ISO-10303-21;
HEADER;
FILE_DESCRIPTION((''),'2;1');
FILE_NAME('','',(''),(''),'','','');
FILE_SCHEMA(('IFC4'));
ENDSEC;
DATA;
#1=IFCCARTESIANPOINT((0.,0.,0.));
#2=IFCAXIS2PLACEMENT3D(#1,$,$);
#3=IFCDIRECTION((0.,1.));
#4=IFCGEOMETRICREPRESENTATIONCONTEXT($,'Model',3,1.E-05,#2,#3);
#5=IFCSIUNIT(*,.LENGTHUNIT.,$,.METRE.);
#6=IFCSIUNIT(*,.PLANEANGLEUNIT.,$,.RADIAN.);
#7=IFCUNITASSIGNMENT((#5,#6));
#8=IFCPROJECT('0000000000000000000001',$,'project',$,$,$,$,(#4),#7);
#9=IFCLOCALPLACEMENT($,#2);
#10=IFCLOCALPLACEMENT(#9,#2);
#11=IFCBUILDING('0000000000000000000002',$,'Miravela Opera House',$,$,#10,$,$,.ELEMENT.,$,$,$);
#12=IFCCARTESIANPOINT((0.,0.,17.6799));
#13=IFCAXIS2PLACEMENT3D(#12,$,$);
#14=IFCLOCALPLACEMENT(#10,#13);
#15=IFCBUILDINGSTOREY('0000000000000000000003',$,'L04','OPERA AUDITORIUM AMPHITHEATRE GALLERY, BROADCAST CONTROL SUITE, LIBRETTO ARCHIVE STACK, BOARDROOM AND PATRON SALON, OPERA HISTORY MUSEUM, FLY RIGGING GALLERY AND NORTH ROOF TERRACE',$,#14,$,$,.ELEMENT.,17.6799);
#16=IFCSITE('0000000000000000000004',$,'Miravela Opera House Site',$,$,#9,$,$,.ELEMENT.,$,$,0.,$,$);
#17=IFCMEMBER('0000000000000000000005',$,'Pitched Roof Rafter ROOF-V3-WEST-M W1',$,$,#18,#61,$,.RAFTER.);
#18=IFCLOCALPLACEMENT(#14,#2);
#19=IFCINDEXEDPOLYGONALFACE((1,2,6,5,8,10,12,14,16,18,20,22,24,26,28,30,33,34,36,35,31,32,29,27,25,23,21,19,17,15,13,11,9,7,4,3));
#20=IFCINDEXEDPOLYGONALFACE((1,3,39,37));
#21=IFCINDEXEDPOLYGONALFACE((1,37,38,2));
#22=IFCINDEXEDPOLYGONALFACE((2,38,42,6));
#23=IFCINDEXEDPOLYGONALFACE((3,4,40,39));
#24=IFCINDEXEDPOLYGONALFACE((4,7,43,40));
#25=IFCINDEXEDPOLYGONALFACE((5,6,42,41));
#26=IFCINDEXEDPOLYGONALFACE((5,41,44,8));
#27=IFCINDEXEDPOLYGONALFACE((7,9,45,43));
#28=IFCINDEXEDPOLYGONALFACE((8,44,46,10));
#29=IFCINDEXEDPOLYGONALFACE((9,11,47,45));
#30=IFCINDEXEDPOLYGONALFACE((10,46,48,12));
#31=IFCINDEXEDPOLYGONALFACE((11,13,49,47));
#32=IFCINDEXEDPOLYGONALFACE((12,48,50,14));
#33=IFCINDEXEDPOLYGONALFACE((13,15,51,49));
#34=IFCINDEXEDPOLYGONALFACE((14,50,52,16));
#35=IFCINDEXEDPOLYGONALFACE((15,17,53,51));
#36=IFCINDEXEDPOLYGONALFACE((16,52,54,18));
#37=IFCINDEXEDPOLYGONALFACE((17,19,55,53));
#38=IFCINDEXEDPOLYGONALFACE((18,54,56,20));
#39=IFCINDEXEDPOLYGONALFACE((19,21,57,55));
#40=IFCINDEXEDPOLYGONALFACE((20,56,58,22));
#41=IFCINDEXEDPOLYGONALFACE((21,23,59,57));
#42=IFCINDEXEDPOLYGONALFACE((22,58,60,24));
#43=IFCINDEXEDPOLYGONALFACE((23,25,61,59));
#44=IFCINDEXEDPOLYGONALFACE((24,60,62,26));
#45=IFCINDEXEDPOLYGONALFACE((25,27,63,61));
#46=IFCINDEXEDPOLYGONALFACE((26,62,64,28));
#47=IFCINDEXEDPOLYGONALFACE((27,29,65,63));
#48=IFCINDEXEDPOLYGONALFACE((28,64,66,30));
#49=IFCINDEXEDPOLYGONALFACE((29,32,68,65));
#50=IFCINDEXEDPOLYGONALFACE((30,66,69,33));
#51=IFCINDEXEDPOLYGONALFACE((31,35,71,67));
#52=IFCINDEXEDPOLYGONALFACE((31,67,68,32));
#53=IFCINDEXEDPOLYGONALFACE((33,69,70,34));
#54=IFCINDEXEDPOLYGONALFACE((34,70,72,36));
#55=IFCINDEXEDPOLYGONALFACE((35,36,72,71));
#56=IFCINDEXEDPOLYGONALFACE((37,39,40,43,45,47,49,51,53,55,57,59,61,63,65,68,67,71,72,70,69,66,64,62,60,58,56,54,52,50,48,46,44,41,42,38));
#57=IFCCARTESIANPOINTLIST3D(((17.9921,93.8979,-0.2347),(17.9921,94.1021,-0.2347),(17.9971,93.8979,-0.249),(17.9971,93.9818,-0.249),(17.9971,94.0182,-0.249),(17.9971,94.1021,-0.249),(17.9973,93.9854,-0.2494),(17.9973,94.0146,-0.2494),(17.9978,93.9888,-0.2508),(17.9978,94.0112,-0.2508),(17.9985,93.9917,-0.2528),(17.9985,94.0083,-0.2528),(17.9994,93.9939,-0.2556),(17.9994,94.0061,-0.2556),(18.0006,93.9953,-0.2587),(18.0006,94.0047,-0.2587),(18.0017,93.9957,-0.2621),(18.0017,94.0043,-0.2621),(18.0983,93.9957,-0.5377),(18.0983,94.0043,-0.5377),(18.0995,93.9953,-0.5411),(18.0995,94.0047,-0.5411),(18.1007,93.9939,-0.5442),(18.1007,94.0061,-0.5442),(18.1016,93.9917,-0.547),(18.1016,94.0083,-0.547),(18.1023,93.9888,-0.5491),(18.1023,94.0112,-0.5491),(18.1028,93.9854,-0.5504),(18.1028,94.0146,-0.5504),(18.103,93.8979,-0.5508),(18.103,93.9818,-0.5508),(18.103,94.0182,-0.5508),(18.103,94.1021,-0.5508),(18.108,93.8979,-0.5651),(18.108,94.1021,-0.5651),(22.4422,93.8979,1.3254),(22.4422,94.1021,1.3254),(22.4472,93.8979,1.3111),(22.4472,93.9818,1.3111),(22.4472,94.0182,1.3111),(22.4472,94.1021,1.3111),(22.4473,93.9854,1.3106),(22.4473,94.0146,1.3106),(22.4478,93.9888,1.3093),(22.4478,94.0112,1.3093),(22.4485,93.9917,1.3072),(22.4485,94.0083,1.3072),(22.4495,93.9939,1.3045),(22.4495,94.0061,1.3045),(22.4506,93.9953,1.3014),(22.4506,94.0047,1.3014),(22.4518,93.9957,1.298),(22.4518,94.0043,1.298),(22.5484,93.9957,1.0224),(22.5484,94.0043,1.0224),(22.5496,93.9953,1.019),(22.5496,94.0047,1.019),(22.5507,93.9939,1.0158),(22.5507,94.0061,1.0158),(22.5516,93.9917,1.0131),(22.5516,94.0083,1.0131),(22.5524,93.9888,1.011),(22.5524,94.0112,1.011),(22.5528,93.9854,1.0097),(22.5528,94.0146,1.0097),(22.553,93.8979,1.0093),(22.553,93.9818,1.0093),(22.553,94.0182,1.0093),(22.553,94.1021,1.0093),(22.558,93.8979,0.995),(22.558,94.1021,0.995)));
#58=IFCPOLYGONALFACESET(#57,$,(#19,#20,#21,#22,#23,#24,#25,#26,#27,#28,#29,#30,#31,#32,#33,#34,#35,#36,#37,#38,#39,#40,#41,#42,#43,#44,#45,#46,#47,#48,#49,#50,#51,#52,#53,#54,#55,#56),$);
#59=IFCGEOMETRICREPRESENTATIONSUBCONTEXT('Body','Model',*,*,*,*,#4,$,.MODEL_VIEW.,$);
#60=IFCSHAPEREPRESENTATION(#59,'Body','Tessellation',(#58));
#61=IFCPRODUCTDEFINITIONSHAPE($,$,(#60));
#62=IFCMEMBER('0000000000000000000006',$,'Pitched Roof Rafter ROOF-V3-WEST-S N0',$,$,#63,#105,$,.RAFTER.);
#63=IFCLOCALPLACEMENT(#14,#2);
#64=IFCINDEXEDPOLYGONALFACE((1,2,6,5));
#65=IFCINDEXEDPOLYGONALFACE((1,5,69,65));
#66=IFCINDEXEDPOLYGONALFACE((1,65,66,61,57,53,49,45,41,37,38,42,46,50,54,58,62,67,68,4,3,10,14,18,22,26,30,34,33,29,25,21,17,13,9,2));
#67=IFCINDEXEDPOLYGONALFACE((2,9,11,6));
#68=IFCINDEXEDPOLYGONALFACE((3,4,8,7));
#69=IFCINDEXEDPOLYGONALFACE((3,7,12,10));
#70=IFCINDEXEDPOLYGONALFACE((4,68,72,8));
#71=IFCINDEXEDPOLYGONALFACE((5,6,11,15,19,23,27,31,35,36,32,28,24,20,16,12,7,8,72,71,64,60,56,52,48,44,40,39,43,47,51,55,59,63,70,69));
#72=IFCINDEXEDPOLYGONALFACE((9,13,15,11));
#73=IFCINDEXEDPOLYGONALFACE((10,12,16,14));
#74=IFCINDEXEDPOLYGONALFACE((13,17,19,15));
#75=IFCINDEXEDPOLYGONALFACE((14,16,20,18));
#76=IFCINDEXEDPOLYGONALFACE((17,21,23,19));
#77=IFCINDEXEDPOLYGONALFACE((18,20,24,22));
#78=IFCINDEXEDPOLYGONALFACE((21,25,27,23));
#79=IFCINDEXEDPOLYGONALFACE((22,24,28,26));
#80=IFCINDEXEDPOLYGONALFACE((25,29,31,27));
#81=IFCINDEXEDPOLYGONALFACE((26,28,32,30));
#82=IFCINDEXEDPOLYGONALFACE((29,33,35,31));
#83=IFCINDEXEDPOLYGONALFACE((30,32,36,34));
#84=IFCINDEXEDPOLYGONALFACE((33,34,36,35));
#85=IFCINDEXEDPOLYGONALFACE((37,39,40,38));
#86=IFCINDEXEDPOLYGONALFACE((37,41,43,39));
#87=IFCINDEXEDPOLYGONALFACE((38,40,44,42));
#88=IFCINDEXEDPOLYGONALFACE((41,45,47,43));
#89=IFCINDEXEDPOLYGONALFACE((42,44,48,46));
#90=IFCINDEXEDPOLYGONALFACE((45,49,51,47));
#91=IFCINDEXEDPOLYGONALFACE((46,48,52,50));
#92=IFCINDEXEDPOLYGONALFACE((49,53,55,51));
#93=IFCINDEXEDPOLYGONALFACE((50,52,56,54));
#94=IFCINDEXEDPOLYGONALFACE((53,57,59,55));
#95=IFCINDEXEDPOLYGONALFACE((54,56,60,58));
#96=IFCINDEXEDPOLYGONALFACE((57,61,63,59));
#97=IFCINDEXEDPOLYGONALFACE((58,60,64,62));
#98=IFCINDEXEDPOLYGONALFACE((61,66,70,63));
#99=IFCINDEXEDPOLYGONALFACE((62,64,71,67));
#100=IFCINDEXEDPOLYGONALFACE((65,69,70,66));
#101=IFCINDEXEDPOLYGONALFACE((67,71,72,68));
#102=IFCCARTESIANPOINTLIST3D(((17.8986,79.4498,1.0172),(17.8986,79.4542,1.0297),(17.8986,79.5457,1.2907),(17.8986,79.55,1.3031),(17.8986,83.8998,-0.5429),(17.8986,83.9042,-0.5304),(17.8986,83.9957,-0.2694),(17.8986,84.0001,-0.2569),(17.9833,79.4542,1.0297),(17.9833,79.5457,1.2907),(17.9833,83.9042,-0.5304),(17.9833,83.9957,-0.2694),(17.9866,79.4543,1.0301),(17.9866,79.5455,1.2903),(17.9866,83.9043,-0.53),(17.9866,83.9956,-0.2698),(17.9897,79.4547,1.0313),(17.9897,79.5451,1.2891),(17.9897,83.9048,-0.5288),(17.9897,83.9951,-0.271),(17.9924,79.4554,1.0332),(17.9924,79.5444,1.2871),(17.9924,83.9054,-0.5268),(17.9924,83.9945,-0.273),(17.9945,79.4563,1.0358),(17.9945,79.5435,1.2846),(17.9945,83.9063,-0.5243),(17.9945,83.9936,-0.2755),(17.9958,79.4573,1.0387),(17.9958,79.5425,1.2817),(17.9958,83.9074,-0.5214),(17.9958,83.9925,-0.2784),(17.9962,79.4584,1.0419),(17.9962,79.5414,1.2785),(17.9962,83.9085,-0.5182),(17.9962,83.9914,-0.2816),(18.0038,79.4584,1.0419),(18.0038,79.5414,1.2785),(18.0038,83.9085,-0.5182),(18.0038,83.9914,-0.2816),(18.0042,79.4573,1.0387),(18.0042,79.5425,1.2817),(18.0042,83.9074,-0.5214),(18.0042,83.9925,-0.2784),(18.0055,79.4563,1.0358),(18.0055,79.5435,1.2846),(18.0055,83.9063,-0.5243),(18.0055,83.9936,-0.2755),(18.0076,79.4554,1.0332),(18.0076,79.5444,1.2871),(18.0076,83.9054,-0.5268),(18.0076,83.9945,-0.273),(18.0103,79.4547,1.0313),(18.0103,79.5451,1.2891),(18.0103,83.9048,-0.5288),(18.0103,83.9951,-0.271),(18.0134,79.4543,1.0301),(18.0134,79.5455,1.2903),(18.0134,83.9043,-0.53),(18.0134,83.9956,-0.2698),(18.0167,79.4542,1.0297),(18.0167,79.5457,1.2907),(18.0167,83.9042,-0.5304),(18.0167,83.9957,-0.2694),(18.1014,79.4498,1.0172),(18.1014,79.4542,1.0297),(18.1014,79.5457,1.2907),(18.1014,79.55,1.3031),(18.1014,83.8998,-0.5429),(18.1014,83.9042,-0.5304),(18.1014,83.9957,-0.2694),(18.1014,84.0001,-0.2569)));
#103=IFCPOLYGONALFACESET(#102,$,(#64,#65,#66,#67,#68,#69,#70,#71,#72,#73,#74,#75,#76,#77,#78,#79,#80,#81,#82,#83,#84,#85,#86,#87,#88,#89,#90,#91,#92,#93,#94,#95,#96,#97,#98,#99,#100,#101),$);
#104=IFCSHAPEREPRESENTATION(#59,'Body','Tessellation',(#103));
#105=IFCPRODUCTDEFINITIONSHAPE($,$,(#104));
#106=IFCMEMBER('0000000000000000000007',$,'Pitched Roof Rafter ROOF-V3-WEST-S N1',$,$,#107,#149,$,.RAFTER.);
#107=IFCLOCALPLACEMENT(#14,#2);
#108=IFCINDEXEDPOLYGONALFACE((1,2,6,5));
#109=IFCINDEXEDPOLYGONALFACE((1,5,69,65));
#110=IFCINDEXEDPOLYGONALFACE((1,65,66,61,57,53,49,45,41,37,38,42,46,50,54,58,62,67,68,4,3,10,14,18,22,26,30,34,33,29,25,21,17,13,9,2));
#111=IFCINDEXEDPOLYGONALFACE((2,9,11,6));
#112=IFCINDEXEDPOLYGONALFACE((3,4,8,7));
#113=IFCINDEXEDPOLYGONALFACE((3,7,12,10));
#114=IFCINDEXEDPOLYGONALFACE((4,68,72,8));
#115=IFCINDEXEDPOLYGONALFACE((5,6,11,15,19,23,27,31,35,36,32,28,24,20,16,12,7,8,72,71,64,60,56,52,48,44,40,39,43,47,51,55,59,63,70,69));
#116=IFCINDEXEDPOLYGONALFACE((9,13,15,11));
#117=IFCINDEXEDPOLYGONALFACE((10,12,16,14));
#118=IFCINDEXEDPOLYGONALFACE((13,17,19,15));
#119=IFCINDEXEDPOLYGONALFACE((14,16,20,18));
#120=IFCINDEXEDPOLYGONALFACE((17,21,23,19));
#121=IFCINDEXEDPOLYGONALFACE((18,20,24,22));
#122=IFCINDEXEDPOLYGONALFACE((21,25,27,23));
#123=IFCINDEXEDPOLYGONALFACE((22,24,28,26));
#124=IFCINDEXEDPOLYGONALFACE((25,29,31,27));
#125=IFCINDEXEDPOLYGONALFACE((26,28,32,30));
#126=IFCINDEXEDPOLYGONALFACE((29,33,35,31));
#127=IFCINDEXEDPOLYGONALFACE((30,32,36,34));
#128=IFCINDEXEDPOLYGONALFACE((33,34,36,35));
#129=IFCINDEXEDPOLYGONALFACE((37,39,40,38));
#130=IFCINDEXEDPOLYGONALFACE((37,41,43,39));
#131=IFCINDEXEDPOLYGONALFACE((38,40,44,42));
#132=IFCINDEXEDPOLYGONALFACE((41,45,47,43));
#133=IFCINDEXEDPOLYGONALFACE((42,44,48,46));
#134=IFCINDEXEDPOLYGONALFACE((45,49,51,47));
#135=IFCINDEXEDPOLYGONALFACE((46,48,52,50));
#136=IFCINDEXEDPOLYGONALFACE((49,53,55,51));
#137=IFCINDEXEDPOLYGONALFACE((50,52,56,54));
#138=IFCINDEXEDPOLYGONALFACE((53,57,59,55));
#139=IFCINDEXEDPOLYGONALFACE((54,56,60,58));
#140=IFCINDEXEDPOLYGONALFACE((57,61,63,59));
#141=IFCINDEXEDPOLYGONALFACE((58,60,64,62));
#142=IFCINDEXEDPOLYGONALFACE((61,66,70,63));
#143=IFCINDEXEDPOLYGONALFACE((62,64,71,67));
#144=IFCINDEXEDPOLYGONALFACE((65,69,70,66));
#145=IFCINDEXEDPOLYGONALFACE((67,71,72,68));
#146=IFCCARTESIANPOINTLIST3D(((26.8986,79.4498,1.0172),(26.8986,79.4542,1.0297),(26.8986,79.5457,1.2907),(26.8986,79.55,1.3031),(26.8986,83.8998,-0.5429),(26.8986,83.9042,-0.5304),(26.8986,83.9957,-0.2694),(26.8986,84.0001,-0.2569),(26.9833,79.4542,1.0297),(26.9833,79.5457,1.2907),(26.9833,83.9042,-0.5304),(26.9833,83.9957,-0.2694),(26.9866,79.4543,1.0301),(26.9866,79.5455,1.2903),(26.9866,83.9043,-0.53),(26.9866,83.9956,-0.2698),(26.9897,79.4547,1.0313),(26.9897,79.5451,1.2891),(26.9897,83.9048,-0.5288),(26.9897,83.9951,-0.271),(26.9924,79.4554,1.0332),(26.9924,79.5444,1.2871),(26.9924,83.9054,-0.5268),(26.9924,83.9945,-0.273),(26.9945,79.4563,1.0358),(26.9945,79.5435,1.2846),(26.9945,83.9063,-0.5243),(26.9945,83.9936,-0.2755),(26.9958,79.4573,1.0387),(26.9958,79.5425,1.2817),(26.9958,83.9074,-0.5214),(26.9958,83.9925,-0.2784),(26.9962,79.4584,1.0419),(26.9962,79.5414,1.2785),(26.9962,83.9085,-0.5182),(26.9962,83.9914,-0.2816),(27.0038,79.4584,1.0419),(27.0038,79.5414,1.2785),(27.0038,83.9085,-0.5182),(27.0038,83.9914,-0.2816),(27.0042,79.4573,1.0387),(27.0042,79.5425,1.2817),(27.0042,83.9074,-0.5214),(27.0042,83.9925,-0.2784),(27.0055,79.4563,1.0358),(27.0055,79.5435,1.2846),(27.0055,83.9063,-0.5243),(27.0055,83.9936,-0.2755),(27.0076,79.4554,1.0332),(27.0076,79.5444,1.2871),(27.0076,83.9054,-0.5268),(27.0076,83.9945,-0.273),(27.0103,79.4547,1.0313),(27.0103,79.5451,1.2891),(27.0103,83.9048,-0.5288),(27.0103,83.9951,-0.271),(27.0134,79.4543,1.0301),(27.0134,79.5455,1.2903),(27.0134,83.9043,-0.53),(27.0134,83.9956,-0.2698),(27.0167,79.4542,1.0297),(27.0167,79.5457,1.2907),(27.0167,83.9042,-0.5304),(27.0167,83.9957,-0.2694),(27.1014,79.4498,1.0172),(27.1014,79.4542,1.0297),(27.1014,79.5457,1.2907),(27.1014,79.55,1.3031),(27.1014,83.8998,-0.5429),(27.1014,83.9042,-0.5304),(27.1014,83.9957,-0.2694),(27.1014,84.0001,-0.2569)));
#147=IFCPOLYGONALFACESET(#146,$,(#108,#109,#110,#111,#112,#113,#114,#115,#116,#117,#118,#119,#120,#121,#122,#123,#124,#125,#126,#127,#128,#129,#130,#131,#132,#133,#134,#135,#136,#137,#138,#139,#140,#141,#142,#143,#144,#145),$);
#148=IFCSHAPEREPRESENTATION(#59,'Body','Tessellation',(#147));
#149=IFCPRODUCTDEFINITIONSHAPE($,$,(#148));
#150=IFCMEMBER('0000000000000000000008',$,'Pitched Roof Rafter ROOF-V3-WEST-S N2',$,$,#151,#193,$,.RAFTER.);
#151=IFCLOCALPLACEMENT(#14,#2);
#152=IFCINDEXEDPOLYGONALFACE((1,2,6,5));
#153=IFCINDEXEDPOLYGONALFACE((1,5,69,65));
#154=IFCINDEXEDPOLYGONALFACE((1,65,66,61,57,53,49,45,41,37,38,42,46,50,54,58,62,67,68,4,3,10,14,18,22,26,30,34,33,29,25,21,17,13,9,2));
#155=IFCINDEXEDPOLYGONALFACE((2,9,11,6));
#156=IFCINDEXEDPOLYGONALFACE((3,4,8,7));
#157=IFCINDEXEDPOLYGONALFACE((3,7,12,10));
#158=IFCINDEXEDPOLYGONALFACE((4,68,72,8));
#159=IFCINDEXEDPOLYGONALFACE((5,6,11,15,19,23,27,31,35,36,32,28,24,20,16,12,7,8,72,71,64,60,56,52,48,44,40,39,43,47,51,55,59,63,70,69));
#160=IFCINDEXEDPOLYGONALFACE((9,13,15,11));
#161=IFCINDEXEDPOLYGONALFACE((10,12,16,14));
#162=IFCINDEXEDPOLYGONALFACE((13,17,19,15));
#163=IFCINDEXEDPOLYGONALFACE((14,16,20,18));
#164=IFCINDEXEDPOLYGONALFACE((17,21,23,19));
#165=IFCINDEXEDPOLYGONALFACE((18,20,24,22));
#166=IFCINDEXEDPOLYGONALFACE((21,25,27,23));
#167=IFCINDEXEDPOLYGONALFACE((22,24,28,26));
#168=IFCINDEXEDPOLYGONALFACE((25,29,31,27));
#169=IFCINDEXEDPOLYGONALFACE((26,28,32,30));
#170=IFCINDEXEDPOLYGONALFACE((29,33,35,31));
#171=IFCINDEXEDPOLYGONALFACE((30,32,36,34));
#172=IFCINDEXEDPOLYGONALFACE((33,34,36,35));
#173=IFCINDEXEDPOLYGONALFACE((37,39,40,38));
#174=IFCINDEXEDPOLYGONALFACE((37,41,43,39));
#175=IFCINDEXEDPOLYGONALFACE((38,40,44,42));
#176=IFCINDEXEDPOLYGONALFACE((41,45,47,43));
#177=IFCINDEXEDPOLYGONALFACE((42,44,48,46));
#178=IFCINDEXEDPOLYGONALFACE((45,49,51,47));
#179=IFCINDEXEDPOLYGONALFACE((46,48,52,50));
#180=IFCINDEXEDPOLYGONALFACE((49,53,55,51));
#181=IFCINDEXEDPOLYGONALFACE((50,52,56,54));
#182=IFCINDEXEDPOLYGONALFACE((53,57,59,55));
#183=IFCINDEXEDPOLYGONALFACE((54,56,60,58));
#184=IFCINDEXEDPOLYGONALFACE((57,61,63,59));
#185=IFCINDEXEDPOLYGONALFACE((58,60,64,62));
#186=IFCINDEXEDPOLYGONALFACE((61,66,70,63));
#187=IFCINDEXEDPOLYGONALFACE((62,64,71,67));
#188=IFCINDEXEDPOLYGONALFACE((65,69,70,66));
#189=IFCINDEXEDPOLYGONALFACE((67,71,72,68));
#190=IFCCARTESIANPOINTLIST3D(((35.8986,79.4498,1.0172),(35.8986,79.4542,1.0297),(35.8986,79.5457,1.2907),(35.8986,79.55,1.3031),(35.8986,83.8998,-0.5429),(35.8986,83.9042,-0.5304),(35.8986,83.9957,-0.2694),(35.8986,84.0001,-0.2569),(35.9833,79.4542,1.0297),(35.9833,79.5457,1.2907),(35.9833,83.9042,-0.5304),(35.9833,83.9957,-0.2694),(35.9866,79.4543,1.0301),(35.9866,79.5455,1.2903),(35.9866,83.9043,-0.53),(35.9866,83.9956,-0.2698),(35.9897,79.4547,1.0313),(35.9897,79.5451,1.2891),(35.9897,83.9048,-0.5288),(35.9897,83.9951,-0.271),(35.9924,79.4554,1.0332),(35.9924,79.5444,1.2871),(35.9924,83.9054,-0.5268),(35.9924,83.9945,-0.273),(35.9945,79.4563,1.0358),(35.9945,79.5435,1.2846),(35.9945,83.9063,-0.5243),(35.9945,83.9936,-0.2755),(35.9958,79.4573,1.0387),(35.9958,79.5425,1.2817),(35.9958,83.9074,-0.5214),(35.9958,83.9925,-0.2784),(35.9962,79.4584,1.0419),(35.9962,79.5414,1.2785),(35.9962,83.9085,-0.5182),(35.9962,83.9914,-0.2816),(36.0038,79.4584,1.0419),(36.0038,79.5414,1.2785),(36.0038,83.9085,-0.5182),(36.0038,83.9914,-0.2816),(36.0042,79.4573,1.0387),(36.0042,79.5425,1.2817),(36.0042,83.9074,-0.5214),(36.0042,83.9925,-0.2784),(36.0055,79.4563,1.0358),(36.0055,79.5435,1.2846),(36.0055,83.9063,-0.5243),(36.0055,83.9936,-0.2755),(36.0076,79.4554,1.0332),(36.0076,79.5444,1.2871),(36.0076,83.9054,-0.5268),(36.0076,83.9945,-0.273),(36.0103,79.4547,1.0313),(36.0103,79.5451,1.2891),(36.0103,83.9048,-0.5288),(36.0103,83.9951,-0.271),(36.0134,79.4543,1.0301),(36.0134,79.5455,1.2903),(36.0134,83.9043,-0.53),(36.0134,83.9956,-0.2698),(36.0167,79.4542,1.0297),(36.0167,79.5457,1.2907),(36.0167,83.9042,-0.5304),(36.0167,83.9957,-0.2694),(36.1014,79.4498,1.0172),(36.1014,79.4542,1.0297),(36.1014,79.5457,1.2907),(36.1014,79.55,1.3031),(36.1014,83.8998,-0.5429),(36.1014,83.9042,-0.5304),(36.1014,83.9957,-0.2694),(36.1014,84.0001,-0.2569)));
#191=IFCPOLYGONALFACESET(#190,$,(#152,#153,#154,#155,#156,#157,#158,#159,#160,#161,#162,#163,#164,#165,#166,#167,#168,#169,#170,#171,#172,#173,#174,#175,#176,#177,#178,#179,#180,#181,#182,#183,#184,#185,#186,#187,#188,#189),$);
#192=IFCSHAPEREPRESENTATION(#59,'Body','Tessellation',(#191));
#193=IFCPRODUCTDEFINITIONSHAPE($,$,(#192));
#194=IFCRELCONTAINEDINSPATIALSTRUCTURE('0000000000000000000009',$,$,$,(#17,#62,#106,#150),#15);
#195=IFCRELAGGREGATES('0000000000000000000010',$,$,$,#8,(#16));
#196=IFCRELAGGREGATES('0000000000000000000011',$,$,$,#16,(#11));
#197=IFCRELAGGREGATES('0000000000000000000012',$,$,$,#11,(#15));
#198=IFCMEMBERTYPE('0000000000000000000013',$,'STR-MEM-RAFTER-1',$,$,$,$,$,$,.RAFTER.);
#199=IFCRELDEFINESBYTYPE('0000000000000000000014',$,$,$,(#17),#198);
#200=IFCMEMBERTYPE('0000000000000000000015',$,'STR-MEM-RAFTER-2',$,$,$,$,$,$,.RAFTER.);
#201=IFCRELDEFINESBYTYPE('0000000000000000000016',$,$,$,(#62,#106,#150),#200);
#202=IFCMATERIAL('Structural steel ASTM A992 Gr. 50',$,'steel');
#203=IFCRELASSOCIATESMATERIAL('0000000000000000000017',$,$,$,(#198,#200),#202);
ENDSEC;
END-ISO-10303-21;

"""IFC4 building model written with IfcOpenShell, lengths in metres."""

from ifc_helpers import new_model, si_unit, direction, frame, origin, origin_2d, place, context, subcontext, project, spatial, i_section, extrude, material, material_profile, profile_set, type_object, element, save


model = new_model("IFC4")

# Units and contexts
model_context = context("Model", 3, precision=1e-05, world=origin(), true_north=direction((0.0, 1.0)))
body_context = subcontext(model_context, "Body", "Model", "MODEL_VIEW")
ifc_project = project(units=[si_unit("LENGTHUNIT", "METRE"), si_unit("PLANEANGLEUNIT", "RADIAN")], contexts=[model_context])

# Site, building, storey
site_placement = place(None, origin())
site = spatial("IfcSite", under=ifc_project, at=site_placement, Name="Miravela Opera House Site", CompositionType="ELEMENT", RefElevation=0.0)
building_placement = place(site_placement, origin())
building = spatial("IfcBuilding", under=site, at=building_placement, Name="Miravela Opera House", CompositionType="ELEMENT")
storey_placement = place(building_placement, frame((0.0, 0.0, 17.6799)))
storey = spatial("IfcBuildingStorey", under=building, at=storey_placement, Name="L04", Description="OPERA AUDITORIUM AMPHITHEATRE GALLERY, BROADCAST CONTROL SUITE, LIBRETTO ARCHIVE STACK, BOARDROOM AND PATRON SALON, OPERA HISTORY MUSEUM, FLY RIGGING GALLERY AND NORTH ROOF TERRACE", CompositionType="ELEMENT", Elevation=17.6799)

# Shared definitions
ifc_material_1 = material(Name="Structural steel ASTM A992 Gr. 50", Category="steel")

# Members
ifc_material_profile_1 = material_profile(ifc_material_1, i_section(OverallWidth=0.2041, OverallDepth=0.3501, WebThickness=0.0085, FlangeThickness=0.0151, FilletRadius=0.0139, at=origin_2d()), Name="W360X72")
ifc_profile_set_1 = profile_set([ifc_material_profile_1])
member_type_1 = type_object("IfcMemberType", Name="STR-MEM-RAFTER-1", PredefinedType="RAFTER", material=ifc_profile_set_1)
for number, where, z_axis, x_axis, name in (
    (1, (18.05, 94.0, -0.3999), (0.943688, 0.0, 0.330837), (0.0, 1.0, 0.0), "Pitched Roof Rafter ROOF-V3-WEST-M W1"),
):
    element("IfcMember", number, at=place(storey_placement, frame(where, z_axis=z_axis, x_axis=x_axis)), inside=storey, type_object=member_type_1, Name=name, PredefinedType="RAFTER", context=body_context, shape_type="SweptSolid", body=[
        extrude(i_section(OverallWidth=0.2041, OverallDepth=0.3501, WebThickness=0.0085, FlangeThickness=0.0151, FilletRadius=0.0139, at=origin_2d()), origin(), (0.0, 0.0, 1.0), 4.7156),
    ])
ifc_material_profile_2 = material_profile(ifc_material_1, i_section(OverallWidth=0.2029, OverallDepth=0.303, WebThickness=0.0076, FlangeThickness=0.0132, FilletRadius=0.0129, at=origin_2d()), Name="W310X60")
ifc_profile_set_2 = profile_set([ifc_material_profile_2])
member_type_2 = type_object("IfcMemberType", Name="STR-MEM-RAFTER-2", PredefinedType="RAFTER", material=ifc_profile_set_2)
for number, where, z_axis, x_axis, name in (
    (2, (18.0, 83.95, -0.3999), (0.0, -0.943688, 0.330837), (1.0, 0.0, 0.0), "Pitched Roof Rafter ROOF-V3-WEST-S N0"),
    (3, (27.0, 83.95, -0.3999), (0.0, -0.943688, 0.330837), (1.0, 0.0, 0.0), "Pitched Roof Rafter ROOF-V3-WEST-S N1"),
    (4, (36.0, 83.95, -0.3999), (0.0, -0.943688, 0.330837), (1.0, 0.0, 0.0), "Pitched Roof Rafter ROOF-V3-WEST-S N2"),
):
    element("IfcMember", number, at=place(storey_placement, frame(where, z_axis=z_axis, x_axis=x_axis)), inside=storey, type_object=member_type_2, Name=name, PredefinedType="RAFTER", context=body_context, shape_type="SweptSolid", body=[
        extrude(i_section(OverallWidth=0.2029, OverallDepth=0.303, WebThickness=0.0076, FlangeThickness=0.0132, FilletRadius=0.0129, at=origin_2d()), origin(), (0.0, 0.0, 1.0), 4.7156),
    ])

save(model, "model.ifc")
